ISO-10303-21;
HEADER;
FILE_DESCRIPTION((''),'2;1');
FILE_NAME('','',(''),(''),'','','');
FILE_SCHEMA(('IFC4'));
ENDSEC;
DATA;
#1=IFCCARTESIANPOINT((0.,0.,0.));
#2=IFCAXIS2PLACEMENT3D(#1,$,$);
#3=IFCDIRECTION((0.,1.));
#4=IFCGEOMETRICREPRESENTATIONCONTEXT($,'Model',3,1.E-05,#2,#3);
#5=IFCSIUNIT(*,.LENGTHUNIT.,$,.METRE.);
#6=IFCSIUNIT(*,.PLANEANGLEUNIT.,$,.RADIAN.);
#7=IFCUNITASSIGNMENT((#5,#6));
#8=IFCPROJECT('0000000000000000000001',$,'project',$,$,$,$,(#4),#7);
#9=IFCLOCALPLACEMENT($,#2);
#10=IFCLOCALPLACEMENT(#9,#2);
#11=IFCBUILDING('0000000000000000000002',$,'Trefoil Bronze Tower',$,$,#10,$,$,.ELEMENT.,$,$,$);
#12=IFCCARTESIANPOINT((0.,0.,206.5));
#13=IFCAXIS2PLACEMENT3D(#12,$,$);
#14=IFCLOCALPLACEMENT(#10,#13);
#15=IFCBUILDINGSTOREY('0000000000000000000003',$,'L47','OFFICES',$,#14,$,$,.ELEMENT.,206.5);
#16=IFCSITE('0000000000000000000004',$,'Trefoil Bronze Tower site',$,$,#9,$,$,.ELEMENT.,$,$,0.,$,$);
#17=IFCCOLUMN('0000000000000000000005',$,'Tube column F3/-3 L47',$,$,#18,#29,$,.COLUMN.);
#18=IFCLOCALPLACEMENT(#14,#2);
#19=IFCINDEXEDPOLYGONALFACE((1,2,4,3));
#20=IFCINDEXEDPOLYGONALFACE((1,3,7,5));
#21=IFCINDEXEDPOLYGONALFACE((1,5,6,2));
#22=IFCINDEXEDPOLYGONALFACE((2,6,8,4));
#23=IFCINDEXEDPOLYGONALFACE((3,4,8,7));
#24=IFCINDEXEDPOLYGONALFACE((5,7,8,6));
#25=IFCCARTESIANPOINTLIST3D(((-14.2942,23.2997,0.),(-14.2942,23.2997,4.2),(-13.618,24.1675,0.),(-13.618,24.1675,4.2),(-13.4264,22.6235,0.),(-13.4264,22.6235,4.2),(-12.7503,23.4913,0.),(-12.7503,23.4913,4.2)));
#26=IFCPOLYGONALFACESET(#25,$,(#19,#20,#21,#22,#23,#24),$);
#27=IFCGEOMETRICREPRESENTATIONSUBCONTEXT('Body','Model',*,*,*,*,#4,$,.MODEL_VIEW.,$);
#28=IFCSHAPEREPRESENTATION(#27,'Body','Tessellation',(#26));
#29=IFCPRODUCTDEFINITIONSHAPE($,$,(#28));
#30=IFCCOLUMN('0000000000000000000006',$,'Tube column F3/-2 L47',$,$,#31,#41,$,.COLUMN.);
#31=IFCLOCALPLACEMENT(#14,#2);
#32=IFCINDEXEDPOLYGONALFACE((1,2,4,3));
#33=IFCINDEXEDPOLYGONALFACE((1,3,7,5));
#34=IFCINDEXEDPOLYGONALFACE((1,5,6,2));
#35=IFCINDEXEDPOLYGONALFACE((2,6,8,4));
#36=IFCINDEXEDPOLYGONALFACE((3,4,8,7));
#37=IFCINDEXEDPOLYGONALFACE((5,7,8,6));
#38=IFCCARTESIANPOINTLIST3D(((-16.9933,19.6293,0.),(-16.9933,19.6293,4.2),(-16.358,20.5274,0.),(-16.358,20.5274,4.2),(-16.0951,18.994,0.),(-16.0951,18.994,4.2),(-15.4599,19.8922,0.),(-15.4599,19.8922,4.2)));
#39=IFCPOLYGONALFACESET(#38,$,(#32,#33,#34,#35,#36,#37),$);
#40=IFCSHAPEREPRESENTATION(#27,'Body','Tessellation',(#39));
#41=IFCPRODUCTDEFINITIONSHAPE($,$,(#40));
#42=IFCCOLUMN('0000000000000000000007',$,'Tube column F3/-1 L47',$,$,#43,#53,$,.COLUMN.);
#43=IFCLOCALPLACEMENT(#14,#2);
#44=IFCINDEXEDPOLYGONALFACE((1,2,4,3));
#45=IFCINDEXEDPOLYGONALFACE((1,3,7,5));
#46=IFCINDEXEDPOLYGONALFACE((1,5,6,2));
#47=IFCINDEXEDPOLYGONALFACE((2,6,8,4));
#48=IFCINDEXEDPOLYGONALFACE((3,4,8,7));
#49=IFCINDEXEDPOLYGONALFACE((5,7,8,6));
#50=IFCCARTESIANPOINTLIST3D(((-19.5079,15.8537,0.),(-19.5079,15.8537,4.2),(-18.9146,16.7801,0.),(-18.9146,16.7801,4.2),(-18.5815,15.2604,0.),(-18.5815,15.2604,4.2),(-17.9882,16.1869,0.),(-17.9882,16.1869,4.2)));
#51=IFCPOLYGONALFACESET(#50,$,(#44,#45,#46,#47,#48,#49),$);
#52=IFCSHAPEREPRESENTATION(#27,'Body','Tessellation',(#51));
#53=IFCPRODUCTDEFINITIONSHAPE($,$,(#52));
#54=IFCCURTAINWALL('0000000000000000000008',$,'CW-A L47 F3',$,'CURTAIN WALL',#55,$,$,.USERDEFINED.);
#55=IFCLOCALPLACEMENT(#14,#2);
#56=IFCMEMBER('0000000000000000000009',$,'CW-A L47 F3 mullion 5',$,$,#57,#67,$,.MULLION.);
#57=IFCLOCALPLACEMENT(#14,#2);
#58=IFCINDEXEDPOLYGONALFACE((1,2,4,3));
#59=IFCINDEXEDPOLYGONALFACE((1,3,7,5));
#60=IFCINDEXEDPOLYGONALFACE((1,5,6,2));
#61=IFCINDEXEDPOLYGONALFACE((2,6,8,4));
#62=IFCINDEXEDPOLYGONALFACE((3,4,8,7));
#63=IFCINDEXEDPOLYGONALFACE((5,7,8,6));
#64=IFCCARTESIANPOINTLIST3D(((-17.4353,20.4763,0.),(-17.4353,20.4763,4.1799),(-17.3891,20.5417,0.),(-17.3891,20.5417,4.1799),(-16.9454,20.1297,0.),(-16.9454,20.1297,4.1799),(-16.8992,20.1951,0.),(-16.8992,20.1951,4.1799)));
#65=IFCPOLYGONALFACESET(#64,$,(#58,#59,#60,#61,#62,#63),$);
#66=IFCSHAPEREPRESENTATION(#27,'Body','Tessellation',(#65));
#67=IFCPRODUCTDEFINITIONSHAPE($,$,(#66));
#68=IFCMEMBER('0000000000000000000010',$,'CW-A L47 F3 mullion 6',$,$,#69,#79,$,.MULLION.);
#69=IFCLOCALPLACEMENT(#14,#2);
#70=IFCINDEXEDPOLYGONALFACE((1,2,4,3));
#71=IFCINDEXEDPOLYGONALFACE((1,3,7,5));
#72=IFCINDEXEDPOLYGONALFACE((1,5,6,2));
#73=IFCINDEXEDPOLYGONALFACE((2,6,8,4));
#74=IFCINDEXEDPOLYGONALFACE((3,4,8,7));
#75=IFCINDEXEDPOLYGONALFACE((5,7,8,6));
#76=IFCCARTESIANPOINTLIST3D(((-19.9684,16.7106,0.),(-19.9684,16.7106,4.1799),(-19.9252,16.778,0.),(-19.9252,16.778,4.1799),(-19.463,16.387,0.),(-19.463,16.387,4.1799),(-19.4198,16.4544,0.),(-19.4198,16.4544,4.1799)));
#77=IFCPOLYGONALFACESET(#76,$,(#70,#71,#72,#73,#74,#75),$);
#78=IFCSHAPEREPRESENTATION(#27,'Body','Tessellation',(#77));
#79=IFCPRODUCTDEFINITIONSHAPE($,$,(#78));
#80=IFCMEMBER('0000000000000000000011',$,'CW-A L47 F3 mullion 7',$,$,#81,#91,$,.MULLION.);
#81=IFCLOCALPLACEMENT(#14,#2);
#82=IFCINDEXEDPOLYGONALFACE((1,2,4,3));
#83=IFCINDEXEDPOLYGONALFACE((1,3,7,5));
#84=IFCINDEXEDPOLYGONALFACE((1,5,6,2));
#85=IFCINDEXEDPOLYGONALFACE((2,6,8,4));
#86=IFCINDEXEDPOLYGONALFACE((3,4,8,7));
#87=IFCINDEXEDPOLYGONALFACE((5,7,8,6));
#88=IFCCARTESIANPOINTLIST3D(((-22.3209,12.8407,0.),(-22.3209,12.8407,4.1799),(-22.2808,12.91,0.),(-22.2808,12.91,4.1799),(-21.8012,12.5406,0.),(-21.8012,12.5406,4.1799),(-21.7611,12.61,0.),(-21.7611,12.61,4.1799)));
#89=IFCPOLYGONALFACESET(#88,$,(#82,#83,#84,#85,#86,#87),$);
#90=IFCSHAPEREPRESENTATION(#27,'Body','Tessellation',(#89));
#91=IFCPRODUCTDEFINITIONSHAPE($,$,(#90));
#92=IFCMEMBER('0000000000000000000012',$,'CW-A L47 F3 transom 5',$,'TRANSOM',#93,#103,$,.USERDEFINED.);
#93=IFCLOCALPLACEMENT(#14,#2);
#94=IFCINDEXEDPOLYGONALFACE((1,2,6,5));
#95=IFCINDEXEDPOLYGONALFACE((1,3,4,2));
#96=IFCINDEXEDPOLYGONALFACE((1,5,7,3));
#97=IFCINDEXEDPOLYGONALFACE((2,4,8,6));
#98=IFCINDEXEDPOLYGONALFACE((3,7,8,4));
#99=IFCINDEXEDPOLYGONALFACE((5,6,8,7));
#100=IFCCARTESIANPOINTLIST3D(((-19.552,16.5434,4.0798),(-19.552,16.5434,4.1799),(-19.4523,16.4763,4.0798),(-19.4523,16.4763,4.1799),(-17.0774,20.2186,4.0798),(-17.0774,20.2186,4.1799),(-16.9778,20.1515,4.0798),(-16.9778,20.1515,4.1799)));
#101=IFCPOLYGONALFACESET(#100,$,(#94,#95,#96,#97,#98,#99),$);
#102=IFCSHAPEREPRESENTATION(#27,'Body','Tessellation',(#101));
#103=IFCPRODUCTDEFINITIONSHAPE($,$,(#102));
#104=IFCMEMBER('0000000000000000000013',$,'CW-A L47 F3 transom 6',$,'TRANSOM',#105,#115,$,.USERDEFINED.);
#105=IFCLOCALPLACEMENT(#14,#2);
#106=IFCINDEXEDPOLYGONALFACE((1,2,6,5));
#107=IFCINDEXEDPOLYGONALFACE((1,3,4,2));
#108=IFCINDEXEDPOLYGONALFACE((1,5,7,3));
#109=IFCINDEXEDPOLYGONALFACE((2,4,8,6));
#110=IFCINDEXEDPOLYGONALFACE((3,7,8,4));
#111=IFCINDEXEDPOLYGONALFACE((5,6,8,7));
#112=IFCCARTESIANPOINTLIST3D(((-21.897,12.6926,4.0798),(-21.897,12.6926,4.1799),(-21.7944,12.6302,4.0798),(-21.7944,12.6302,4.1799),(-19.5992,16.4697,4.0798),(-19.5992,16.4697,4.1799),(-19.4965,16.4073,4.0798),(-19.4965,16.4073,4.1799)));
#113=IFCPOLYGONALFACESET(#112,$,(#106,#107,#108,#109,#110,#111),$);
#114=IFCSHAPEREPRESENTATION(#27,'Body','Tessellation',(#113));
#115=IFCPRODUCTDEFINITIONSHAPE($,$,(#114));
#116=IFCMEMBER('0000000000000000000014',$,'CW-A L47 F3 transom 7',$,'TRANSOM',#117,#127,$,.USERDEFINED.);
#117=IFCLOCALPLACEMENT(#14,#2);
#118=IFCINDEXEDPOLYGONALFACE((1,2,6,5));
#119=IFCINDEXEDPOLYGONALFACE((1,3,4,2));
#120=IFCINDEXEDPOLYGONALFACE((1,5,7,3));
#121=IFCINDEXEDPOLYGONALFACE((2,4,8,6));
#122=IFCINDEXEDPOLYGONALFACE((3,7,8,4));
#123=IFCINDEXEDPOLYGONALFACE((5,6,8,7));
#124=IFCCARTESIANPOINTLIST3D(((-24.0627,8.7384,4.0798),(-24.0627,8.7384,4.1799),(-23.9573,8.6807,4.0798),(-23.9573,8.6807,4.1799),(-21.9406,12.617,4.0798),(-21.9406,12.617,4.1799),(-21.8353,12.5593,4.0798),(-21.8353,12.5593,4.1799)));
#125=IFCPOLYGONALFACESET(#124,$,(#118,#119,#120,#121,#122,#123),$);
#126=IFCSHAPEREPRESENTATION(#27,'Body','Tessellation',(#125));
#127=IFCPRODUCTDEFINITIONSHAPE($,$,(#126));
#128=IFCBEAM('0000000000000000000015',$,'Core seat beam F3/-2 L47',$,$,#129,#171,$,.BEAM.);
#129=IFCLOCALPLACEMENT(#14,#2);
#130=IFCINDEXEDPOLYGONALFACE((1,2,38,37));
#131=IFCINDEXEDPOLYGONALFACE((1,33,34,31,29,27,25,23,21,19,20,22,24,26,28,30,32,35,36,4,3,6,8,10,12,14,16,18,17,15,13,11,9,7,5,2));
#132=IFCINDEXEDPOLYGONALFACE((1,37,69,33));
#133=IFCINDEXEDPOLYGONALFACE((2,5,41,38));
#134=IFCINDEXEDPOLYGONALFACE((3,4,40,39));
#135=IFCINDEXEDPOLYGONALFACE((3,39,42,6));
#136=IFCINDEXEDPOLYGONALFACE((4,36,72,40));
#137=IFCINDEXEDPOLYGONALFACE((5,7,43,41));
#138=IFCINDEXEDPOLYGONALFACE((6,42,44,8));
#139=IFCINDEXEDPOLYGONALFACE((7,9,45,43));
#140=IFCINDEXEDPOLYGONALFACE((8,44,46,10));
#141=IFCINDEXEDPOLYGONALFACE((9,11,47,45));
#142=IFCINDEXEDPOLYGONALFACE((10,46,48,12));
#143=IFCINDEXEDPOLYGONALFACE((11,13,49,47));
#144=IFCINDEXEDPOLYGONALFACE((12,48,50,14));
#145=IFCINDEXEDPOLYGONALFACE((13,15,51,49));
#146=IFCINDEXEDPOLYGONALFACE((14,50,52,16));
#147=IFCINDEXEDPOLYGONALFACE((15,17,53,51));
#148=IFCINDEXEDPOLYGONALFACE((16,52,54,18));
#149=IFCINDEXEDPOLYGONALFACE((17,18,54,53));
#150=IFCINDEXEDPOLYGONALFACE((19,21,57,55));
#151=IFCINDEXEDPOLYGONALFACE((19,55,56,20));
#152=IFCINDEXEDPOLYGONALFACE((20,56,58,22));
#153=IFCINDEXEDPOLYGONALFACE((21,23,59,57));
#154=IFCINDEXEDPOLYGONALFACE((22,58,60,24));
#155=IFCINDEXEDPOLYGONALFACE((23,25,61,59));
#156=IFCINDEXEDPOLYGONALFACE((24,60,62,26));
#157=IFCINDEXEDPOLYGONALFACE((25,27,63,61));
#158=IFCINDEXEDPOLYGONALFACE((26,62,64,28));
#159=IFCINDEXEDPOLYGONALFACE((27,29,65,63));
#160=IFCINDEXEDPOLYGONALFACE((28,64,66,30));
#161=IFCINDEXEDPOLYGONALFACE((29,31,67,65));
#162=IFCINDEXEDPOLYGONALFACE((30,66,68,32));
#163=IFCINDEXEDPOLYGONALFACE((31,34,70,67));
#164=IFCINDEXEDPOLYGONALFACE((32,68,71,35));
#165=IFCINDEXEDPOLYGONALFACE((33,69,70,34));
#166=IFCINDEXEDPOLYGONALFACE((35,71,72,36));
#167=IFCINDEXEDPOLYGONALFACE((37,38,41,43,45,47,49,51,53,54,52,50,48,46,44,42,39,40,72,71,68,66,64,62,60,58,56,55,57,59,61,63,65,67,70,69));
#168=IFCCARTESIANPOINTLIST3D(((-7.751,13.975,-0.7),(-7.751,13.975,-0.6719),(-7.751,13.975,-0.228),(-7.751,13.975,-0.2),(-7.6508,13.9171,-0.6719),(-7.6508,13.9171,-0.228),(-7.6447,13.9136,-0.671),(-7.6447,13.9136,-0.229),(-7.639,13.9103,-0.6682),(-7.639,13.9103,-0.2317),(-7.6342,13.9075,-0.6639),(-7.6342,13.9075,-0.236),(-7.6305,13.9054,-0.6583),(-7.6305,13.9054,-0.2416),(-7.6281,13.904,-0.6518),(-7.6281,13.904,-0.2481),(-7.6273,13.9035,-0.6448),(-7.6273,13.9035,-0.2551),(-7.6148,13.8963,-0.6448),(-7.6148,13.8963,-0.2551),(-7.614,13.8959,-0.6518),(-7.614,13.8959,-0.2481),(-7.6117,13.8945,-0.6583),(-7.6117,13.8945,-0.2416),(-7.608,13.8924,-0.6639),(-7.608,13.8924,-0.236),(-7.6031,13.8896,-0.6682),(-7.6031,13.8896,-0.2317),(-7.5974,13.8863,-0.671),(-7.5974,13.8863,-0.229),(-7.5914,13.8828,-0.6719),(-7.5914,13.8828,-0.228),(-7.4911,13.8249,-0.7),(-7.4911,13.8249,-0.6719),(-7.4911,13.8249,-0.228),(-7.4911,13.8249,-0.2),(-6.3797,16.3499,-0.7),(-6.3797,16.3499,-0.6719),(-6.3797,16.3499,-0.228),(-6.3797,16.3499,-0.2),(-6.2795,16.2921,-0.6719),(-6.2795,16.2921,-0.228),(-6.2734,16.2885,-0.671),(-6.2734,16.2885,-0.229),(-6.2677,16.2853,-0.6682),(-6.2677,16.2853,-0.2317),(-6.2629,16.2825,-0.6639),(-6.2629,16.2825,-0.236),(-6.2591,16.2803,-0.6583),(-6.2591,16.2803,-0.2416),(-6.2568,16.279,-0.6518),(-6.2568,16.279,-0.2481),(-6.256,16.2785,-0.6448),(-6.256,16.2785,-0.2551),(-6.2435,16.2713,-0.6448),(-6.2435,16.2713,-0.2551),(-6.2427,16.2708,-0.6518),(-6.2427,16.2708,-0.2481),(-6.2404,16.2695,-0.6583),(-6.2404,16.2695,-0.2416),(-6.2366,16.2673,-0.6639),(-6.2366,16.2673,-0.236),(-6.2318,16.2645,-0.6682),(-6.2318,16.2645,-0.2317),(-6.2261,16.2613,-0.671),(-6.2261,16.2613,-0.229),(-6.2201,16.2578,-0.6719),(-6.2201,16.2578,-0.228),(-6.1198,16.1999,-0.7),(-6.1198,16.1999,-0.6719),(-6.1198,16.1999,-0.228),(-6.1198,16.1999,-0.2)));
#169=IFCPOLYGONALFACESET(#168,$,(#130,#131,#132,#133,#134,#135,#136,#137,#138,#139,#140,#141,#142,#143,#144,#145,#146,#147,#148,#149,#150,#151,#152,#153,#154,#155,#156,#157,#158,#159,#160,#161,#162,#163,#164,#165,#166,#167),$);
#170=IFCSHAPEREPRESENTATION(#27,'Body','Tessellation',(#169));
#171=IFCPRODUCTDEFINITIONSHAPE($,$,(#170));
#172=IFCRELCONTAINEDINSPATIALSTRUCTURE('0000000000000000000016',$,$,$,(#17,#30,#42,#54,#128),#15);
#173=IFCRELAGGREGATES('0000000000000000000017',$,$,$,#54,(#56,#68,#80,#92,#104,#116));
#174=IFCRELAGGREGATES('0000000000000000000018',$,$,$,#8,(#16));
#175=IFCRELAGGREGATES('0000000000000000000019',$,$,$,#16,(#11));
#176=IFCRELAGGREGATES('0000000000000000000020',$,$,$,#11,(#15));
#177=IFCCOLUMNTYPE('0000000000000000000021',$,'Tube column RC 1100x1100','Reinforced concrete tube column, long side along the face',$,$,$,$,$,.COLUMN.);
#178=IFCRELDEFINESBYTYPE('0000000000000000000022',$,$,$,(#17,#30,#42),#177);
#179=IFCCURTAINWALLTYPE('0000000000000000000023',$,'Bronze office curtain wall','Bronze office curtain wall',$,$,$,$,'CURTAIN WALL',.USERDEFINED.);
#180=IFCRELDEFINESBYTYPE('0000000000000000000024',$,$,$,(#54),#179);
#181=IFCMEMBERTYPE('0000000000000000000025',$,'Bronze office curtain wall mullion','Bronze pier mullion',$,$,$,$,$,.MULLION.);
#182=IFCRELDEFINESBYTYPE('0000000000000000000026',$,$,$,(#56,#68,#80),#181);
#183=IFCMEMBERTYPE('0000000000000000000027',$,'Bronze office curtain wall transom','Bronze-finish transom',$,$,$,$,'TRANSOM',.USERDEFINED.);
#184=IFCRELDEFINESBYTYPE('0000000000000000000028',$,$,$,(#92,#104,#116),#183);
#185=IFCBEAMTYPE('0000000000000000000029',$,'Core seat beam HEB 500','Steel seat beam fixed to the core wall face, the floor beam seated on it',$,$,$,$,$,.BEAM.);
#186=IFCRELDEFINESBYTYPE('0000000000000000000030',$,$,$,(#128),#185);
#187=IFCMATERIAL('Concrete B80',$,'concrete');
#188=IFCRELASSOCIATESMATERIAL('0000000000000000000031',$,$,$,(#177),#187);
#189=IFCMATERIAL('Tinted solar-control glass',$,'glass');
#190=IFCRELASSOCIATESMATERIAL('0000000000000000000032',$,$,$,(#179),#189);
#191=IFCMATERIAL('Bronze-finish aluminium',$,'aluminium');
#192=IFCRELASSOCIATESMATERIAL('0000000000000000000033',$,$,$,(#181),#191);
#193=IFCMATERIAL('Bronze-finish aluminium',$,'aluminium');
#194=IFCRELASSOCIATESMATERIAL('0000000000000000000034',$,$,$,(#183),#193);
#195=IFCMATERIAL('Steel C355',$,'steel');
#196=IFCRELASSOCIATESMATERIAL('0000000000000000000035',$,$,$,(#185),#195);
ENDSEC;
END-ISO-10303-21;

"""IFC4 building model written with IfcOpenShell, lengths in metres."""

from ifc_helpers import new_model, si_unit, direction, frame, origin, origin_2d, place, context, subcontext, project, spatial, rectangle, i_section, extrude, material, material_profile, profile_set, type_object, element, aggregate, save


model = new_model("IFC4")

# Units and contexts
model_context = context("Model", 3, precision=1e-05, world=origin(), true_north=direction((0.0, 1.0)))
body_context = subcontext(model_context, "Body", "Model", "MODEL_VIEW")
ifc_project = project(units=[si_unit("LENGTHUNIT", "METRE"), si_unit("PLANEANGLEUNIT", "RADIAN")], contexts=[model_context])

# Site, building, storey
site_placement = place(None, origin())
site = spatial("IfcSite", under=ifc_project, at=site_placement, Name="Trefoil Bronze Tower site", CompositionType="ELEMENT", RefElevation=0.0)
building_placement = place(site_placement, origin())
building = spatial("IfcBuilding", under=site, at=building_placement, Name="Trefoil Bronze Tower", CompositionType="ELEMENT")
storey_placement = place(building_placement, frame((0.0, 0.0, 206.5)))
storey = spatial("IfcBuildingStorey", under=building, at=storey_placement, Name="L47", Description="OFFICES", CompositionType="ELEMENT", Elevation=206.5)

# Columns
ifc_material_1 = material(Name="Concrete B80", Category="concrete")
ifc_material_profile_1 = material_profile(ifc_material_1, rectangle(XDim=1.1001, YDim=1.1001, at=origin_2d()), Name="RC 1100x1100")
ifc_profile_set_1 = profile_set([ifc_material_profile_1], Name="Concrete B80")
column_type = type_object("IfcColumnType", Name="Tube column RC 1100x1100", Description="Reinforced concrete tube column, long side along the face", PredefinedType="COLUMN", material=ifc_profile_set_1)
for number, where, z_axis, x_axis, name in (
    (1, (-13.5222, 23.3955, 0.0), (0.0, 0.0, 1.0), (-0.614622, -0.788821, 0.0), "Tube column F3/-3 L47"),
    (2, (-16.2266, 19.7607, 0.0), (0.0, 0.0, 1.0), (-0.577481, -0.816404, 0.0), "Tube column F3/-2 L47"),
    (3, (-18.748, 16.0203, 0.0), (0.0, 0.0, 1.0), (-0.53927, -0.842133, 0.0), "Tube column F3/-1 L47"),
):
    element("IfcColumn", number, at=place(storey_placement, frame(where, z_axis=z_axis, x_axis=x_axis)), inside=storey, type_object=column_type, Name=name, PredefinedType="COLUMN", context=body_context, shape_type="SweptSolid", body=[
        extrude(rectangle(XDim=1.1001, YDim=1.1001, at=origin_2d()), origin(), (0.0, 0.0, 1.0), 4.2),
    ])

# Curtain wall, members
ifc_material_2 = material(Name="Tinted solar-control glass", Category="glass")
curtain_wall_type = type_object("IfcCurtainWallType", Name="Bronze office curtain wall", Description="Bronze office curtain wall", ElementType="CURTAIN WALL", PredefinedType="USERDEFINED", material=ifc_material_2)
curtain_wall_placement = place(storey_placement, origin())
curtain_wall = element("IfcCurtainWall", 4, at=curtain_wall_placement, inside=storey, type_object=curtain_wall_type, Name="CW-A L47 F3", ObjectType="CURTAIN WALL", PredefinedType="USERDEFINED")
ifc_material_3 = material(Name="Bronze-finish aluminium", Category="aluminium")
ifc_material_profile_2 = material_profile(ifc_material_3, rectangle(XDim=0.6001, YDim=0.0801, at=origin_2d()), Name="CW-A mullion")
ifc_profile_set_2 = profile_set([ifc_material_profile_2], Name="Bronze-finish aluminium")
member_type_1 = type_object("IfcMemberType", Name="Bronze office curtain wall mullion", Description="Bronze pier mullion", PredefinedType="MULLION", material=ifc_profile_set_2)
member_1_placement = place(storey_placement, frame((-17.1672, 20.3357, 0.0), z_axis=(0.0, 0.0, 1.0), x_axis=(0.816404, -0.577481, 0.0)))
member_1 = element("IfcMember", 5, at=member_1_placement, type_object=member_type_1, Name="CW-A L47 F3 mullion 5", PredefinedType="MULLION", context=body_context, shape_type="SweptSolid", body=[
    extrude(rectangle(XDim=0.6001, YDim=0.0801, at=origin_2d()), origin(), (0.0, 0.0, 1.0), 4.1799),
])
member_2_placement = place(storey_placement, frame((-19.6941, 16.5825, 0.0), z_axis=(0.0, 0.0, 1.0), x_axis=(0.842133, -0.53927, 0.0)))
member_2 = element("IfcMember", 6, at=member_2_placement, type_object=member_type_1, Name="CW-A L47 F3 mullion 6", PredefinedType="MULLION", context=body_context, shape_type="SweptSolid", body=[
    extrude(rectangle(XDim=0.6001, YDim=0.0801, at=origin_2d()), origin(), (0.0, 0.0, 1.0), 4.1799),
])
member_3_placement = place(storey_placement, frame((-22.041, 12.7253, 0.0), z_axis=(0.0, 0.0, 1.0), x_axis=(0.866025, -0.5, 0.0)))
member_3 = element("IfcMember", 7, at=member_3_placement, type_object=member_type_1, Name="CW-A L47 F3 mullion 7", PredefinedType="MULLION", context=body_context, shape_type="SweptSolid", body=[
    extrude(rectangle(XDim=0.6001, YDim=0.0801, at=origin_2d()), origin(), (0.0, 0.0, 1.0), 4.1799),
])
ifc_material_4 = material(Name="Bronze-finish aluminium", Category="aluminium")
ifc_material_profile_3 = material_profile(ifc_material_4, rectangle(XDim=0.1201, YDim=0.1001, at=origin_2d()), Name="CW-A transom")
ifc_profile_set_3 = profile_set([ifc_material_profile_3], Name="Bronze-finish aluminium")
member_type_2 = type_object("IfcMemberType", Name="Bronze office curtain wall transom", Description="Bronze-finish transom", ElementType="TRANSOM", PredefinedType="USERDEFINED", material=ifc_profile_set_3)
member_4_placement = place(storey_placement, frame((-17.0276, 20.1851, 4.1299), z_axis=(-0.558509, -0.829498, 0.0), x_axis=(0.829498, -0.558509, 0.0)))
member_4 = element("IfcMember", 8, at=member_4_placement, type_object=member_type_2, Name="CW-A L47 F3 transom 5", ObjectType="TRANSOM", PredefinedType="USERDEFINED", context=body_context, shape_type="SweptSolid", body=[
    extrude(rectangle(XDim=0.1201, YDim=0.1001, at=origin_2d()), origin(), (0.0, 0.0, 1.0), 4.4307),
])
member_5_placement = place(storey_placement, frame((-19.5479, 16.4385, 4.1299), z_axis=(-0.51974, -0.854324, 0.0), x_axis=(0.854324, -0.51974, 0.0)))
member_5 = element("IfcMember", 9, at=member_5_placement, type_object=member_type_2, Name="CW-A L47 F3 transom 6", ObjectType="TRANSOM", PredefinedType="USERDEFINED", context=body_context, shape_type="SweptSolid", body=[
    extrude(rectangle(XDim=0.1201, YDim=0.1001, at=origin_2d()), origin(), (0.0, 0.0, 1.0), 4.4211),
])
member_6_placement = place(storey_placement, frame((-21.8879, 12.5881, 4.1299), z_axis=(-0.479974, -0.877283, 0.0), x_axis=(0.877283, -0.479974, 0.0)))
member_6 = element("IfcMember", 10, at=member_6_placement, type_object=member_type_2, Name="CW-A L47 F3 transom 7", ObjectType="TRANSOM", PredefinedType="USERDEFINED", context=body_context, shape_type="SweptSolid", body=[
    extrude(rectangle(XDim=0.1201, YDim=0.1001, at=origin_2d()), origin(), (0.0, 0.0, 1.0), 4.4211),
])

# Beam
ifc_material_5 = material(Name="Steel C355", Category="steel")
ifc_material_profile_4 = material_profile(ifc_material_5, i_section(OverallWidth=0.3, OverallDepth=0.5, WebThickness=0.0144, FlangeThickness=0.0281, FilletRadius=0.0271, at=origin_2d()), Name="HEB 500")
ifc_profile_set_4 = profile_set([ifc_material_profile_4], Name="Steel C355")
beam_type_1 = type_object("IfcBeamType", Name="Core seat beam HEB 500", Description="Steel seat beam fixed to the core wall face, the floor beam seated on it", PredefinedType="BEAM", material=ifc_profile_set_4)
beam_1_placement = place(storey_placement, frame((-6.2498, 16.2749, -0.45), z_axis=(-0.500036, -0.866005, 0.0), x_axis=(0.866005, -0.500036, 0.0)))
element("IfcBeam", 11, at=beam_1_placement, inside=storey, type_object=beam_type_1, Name="Core seat beam F3/-2 L47", PredefinedType="BEAM", context=body_context, shape_type="SweptSolid", body=[
    extrude(i_section(OverallWidth=0.3, OverallDepth=0.5, WebThickness=0.0144, FlangeThickness=0.0281, FilletRadius=0.0271, at=origin_2d()), origin(), (0.0, 0.0, 1.0), 2.7424),
])

aggregate(curtain_wall, [member_1, member_2, member_3, member_4, member_5, member_6])

save(model, "model.ifc")
